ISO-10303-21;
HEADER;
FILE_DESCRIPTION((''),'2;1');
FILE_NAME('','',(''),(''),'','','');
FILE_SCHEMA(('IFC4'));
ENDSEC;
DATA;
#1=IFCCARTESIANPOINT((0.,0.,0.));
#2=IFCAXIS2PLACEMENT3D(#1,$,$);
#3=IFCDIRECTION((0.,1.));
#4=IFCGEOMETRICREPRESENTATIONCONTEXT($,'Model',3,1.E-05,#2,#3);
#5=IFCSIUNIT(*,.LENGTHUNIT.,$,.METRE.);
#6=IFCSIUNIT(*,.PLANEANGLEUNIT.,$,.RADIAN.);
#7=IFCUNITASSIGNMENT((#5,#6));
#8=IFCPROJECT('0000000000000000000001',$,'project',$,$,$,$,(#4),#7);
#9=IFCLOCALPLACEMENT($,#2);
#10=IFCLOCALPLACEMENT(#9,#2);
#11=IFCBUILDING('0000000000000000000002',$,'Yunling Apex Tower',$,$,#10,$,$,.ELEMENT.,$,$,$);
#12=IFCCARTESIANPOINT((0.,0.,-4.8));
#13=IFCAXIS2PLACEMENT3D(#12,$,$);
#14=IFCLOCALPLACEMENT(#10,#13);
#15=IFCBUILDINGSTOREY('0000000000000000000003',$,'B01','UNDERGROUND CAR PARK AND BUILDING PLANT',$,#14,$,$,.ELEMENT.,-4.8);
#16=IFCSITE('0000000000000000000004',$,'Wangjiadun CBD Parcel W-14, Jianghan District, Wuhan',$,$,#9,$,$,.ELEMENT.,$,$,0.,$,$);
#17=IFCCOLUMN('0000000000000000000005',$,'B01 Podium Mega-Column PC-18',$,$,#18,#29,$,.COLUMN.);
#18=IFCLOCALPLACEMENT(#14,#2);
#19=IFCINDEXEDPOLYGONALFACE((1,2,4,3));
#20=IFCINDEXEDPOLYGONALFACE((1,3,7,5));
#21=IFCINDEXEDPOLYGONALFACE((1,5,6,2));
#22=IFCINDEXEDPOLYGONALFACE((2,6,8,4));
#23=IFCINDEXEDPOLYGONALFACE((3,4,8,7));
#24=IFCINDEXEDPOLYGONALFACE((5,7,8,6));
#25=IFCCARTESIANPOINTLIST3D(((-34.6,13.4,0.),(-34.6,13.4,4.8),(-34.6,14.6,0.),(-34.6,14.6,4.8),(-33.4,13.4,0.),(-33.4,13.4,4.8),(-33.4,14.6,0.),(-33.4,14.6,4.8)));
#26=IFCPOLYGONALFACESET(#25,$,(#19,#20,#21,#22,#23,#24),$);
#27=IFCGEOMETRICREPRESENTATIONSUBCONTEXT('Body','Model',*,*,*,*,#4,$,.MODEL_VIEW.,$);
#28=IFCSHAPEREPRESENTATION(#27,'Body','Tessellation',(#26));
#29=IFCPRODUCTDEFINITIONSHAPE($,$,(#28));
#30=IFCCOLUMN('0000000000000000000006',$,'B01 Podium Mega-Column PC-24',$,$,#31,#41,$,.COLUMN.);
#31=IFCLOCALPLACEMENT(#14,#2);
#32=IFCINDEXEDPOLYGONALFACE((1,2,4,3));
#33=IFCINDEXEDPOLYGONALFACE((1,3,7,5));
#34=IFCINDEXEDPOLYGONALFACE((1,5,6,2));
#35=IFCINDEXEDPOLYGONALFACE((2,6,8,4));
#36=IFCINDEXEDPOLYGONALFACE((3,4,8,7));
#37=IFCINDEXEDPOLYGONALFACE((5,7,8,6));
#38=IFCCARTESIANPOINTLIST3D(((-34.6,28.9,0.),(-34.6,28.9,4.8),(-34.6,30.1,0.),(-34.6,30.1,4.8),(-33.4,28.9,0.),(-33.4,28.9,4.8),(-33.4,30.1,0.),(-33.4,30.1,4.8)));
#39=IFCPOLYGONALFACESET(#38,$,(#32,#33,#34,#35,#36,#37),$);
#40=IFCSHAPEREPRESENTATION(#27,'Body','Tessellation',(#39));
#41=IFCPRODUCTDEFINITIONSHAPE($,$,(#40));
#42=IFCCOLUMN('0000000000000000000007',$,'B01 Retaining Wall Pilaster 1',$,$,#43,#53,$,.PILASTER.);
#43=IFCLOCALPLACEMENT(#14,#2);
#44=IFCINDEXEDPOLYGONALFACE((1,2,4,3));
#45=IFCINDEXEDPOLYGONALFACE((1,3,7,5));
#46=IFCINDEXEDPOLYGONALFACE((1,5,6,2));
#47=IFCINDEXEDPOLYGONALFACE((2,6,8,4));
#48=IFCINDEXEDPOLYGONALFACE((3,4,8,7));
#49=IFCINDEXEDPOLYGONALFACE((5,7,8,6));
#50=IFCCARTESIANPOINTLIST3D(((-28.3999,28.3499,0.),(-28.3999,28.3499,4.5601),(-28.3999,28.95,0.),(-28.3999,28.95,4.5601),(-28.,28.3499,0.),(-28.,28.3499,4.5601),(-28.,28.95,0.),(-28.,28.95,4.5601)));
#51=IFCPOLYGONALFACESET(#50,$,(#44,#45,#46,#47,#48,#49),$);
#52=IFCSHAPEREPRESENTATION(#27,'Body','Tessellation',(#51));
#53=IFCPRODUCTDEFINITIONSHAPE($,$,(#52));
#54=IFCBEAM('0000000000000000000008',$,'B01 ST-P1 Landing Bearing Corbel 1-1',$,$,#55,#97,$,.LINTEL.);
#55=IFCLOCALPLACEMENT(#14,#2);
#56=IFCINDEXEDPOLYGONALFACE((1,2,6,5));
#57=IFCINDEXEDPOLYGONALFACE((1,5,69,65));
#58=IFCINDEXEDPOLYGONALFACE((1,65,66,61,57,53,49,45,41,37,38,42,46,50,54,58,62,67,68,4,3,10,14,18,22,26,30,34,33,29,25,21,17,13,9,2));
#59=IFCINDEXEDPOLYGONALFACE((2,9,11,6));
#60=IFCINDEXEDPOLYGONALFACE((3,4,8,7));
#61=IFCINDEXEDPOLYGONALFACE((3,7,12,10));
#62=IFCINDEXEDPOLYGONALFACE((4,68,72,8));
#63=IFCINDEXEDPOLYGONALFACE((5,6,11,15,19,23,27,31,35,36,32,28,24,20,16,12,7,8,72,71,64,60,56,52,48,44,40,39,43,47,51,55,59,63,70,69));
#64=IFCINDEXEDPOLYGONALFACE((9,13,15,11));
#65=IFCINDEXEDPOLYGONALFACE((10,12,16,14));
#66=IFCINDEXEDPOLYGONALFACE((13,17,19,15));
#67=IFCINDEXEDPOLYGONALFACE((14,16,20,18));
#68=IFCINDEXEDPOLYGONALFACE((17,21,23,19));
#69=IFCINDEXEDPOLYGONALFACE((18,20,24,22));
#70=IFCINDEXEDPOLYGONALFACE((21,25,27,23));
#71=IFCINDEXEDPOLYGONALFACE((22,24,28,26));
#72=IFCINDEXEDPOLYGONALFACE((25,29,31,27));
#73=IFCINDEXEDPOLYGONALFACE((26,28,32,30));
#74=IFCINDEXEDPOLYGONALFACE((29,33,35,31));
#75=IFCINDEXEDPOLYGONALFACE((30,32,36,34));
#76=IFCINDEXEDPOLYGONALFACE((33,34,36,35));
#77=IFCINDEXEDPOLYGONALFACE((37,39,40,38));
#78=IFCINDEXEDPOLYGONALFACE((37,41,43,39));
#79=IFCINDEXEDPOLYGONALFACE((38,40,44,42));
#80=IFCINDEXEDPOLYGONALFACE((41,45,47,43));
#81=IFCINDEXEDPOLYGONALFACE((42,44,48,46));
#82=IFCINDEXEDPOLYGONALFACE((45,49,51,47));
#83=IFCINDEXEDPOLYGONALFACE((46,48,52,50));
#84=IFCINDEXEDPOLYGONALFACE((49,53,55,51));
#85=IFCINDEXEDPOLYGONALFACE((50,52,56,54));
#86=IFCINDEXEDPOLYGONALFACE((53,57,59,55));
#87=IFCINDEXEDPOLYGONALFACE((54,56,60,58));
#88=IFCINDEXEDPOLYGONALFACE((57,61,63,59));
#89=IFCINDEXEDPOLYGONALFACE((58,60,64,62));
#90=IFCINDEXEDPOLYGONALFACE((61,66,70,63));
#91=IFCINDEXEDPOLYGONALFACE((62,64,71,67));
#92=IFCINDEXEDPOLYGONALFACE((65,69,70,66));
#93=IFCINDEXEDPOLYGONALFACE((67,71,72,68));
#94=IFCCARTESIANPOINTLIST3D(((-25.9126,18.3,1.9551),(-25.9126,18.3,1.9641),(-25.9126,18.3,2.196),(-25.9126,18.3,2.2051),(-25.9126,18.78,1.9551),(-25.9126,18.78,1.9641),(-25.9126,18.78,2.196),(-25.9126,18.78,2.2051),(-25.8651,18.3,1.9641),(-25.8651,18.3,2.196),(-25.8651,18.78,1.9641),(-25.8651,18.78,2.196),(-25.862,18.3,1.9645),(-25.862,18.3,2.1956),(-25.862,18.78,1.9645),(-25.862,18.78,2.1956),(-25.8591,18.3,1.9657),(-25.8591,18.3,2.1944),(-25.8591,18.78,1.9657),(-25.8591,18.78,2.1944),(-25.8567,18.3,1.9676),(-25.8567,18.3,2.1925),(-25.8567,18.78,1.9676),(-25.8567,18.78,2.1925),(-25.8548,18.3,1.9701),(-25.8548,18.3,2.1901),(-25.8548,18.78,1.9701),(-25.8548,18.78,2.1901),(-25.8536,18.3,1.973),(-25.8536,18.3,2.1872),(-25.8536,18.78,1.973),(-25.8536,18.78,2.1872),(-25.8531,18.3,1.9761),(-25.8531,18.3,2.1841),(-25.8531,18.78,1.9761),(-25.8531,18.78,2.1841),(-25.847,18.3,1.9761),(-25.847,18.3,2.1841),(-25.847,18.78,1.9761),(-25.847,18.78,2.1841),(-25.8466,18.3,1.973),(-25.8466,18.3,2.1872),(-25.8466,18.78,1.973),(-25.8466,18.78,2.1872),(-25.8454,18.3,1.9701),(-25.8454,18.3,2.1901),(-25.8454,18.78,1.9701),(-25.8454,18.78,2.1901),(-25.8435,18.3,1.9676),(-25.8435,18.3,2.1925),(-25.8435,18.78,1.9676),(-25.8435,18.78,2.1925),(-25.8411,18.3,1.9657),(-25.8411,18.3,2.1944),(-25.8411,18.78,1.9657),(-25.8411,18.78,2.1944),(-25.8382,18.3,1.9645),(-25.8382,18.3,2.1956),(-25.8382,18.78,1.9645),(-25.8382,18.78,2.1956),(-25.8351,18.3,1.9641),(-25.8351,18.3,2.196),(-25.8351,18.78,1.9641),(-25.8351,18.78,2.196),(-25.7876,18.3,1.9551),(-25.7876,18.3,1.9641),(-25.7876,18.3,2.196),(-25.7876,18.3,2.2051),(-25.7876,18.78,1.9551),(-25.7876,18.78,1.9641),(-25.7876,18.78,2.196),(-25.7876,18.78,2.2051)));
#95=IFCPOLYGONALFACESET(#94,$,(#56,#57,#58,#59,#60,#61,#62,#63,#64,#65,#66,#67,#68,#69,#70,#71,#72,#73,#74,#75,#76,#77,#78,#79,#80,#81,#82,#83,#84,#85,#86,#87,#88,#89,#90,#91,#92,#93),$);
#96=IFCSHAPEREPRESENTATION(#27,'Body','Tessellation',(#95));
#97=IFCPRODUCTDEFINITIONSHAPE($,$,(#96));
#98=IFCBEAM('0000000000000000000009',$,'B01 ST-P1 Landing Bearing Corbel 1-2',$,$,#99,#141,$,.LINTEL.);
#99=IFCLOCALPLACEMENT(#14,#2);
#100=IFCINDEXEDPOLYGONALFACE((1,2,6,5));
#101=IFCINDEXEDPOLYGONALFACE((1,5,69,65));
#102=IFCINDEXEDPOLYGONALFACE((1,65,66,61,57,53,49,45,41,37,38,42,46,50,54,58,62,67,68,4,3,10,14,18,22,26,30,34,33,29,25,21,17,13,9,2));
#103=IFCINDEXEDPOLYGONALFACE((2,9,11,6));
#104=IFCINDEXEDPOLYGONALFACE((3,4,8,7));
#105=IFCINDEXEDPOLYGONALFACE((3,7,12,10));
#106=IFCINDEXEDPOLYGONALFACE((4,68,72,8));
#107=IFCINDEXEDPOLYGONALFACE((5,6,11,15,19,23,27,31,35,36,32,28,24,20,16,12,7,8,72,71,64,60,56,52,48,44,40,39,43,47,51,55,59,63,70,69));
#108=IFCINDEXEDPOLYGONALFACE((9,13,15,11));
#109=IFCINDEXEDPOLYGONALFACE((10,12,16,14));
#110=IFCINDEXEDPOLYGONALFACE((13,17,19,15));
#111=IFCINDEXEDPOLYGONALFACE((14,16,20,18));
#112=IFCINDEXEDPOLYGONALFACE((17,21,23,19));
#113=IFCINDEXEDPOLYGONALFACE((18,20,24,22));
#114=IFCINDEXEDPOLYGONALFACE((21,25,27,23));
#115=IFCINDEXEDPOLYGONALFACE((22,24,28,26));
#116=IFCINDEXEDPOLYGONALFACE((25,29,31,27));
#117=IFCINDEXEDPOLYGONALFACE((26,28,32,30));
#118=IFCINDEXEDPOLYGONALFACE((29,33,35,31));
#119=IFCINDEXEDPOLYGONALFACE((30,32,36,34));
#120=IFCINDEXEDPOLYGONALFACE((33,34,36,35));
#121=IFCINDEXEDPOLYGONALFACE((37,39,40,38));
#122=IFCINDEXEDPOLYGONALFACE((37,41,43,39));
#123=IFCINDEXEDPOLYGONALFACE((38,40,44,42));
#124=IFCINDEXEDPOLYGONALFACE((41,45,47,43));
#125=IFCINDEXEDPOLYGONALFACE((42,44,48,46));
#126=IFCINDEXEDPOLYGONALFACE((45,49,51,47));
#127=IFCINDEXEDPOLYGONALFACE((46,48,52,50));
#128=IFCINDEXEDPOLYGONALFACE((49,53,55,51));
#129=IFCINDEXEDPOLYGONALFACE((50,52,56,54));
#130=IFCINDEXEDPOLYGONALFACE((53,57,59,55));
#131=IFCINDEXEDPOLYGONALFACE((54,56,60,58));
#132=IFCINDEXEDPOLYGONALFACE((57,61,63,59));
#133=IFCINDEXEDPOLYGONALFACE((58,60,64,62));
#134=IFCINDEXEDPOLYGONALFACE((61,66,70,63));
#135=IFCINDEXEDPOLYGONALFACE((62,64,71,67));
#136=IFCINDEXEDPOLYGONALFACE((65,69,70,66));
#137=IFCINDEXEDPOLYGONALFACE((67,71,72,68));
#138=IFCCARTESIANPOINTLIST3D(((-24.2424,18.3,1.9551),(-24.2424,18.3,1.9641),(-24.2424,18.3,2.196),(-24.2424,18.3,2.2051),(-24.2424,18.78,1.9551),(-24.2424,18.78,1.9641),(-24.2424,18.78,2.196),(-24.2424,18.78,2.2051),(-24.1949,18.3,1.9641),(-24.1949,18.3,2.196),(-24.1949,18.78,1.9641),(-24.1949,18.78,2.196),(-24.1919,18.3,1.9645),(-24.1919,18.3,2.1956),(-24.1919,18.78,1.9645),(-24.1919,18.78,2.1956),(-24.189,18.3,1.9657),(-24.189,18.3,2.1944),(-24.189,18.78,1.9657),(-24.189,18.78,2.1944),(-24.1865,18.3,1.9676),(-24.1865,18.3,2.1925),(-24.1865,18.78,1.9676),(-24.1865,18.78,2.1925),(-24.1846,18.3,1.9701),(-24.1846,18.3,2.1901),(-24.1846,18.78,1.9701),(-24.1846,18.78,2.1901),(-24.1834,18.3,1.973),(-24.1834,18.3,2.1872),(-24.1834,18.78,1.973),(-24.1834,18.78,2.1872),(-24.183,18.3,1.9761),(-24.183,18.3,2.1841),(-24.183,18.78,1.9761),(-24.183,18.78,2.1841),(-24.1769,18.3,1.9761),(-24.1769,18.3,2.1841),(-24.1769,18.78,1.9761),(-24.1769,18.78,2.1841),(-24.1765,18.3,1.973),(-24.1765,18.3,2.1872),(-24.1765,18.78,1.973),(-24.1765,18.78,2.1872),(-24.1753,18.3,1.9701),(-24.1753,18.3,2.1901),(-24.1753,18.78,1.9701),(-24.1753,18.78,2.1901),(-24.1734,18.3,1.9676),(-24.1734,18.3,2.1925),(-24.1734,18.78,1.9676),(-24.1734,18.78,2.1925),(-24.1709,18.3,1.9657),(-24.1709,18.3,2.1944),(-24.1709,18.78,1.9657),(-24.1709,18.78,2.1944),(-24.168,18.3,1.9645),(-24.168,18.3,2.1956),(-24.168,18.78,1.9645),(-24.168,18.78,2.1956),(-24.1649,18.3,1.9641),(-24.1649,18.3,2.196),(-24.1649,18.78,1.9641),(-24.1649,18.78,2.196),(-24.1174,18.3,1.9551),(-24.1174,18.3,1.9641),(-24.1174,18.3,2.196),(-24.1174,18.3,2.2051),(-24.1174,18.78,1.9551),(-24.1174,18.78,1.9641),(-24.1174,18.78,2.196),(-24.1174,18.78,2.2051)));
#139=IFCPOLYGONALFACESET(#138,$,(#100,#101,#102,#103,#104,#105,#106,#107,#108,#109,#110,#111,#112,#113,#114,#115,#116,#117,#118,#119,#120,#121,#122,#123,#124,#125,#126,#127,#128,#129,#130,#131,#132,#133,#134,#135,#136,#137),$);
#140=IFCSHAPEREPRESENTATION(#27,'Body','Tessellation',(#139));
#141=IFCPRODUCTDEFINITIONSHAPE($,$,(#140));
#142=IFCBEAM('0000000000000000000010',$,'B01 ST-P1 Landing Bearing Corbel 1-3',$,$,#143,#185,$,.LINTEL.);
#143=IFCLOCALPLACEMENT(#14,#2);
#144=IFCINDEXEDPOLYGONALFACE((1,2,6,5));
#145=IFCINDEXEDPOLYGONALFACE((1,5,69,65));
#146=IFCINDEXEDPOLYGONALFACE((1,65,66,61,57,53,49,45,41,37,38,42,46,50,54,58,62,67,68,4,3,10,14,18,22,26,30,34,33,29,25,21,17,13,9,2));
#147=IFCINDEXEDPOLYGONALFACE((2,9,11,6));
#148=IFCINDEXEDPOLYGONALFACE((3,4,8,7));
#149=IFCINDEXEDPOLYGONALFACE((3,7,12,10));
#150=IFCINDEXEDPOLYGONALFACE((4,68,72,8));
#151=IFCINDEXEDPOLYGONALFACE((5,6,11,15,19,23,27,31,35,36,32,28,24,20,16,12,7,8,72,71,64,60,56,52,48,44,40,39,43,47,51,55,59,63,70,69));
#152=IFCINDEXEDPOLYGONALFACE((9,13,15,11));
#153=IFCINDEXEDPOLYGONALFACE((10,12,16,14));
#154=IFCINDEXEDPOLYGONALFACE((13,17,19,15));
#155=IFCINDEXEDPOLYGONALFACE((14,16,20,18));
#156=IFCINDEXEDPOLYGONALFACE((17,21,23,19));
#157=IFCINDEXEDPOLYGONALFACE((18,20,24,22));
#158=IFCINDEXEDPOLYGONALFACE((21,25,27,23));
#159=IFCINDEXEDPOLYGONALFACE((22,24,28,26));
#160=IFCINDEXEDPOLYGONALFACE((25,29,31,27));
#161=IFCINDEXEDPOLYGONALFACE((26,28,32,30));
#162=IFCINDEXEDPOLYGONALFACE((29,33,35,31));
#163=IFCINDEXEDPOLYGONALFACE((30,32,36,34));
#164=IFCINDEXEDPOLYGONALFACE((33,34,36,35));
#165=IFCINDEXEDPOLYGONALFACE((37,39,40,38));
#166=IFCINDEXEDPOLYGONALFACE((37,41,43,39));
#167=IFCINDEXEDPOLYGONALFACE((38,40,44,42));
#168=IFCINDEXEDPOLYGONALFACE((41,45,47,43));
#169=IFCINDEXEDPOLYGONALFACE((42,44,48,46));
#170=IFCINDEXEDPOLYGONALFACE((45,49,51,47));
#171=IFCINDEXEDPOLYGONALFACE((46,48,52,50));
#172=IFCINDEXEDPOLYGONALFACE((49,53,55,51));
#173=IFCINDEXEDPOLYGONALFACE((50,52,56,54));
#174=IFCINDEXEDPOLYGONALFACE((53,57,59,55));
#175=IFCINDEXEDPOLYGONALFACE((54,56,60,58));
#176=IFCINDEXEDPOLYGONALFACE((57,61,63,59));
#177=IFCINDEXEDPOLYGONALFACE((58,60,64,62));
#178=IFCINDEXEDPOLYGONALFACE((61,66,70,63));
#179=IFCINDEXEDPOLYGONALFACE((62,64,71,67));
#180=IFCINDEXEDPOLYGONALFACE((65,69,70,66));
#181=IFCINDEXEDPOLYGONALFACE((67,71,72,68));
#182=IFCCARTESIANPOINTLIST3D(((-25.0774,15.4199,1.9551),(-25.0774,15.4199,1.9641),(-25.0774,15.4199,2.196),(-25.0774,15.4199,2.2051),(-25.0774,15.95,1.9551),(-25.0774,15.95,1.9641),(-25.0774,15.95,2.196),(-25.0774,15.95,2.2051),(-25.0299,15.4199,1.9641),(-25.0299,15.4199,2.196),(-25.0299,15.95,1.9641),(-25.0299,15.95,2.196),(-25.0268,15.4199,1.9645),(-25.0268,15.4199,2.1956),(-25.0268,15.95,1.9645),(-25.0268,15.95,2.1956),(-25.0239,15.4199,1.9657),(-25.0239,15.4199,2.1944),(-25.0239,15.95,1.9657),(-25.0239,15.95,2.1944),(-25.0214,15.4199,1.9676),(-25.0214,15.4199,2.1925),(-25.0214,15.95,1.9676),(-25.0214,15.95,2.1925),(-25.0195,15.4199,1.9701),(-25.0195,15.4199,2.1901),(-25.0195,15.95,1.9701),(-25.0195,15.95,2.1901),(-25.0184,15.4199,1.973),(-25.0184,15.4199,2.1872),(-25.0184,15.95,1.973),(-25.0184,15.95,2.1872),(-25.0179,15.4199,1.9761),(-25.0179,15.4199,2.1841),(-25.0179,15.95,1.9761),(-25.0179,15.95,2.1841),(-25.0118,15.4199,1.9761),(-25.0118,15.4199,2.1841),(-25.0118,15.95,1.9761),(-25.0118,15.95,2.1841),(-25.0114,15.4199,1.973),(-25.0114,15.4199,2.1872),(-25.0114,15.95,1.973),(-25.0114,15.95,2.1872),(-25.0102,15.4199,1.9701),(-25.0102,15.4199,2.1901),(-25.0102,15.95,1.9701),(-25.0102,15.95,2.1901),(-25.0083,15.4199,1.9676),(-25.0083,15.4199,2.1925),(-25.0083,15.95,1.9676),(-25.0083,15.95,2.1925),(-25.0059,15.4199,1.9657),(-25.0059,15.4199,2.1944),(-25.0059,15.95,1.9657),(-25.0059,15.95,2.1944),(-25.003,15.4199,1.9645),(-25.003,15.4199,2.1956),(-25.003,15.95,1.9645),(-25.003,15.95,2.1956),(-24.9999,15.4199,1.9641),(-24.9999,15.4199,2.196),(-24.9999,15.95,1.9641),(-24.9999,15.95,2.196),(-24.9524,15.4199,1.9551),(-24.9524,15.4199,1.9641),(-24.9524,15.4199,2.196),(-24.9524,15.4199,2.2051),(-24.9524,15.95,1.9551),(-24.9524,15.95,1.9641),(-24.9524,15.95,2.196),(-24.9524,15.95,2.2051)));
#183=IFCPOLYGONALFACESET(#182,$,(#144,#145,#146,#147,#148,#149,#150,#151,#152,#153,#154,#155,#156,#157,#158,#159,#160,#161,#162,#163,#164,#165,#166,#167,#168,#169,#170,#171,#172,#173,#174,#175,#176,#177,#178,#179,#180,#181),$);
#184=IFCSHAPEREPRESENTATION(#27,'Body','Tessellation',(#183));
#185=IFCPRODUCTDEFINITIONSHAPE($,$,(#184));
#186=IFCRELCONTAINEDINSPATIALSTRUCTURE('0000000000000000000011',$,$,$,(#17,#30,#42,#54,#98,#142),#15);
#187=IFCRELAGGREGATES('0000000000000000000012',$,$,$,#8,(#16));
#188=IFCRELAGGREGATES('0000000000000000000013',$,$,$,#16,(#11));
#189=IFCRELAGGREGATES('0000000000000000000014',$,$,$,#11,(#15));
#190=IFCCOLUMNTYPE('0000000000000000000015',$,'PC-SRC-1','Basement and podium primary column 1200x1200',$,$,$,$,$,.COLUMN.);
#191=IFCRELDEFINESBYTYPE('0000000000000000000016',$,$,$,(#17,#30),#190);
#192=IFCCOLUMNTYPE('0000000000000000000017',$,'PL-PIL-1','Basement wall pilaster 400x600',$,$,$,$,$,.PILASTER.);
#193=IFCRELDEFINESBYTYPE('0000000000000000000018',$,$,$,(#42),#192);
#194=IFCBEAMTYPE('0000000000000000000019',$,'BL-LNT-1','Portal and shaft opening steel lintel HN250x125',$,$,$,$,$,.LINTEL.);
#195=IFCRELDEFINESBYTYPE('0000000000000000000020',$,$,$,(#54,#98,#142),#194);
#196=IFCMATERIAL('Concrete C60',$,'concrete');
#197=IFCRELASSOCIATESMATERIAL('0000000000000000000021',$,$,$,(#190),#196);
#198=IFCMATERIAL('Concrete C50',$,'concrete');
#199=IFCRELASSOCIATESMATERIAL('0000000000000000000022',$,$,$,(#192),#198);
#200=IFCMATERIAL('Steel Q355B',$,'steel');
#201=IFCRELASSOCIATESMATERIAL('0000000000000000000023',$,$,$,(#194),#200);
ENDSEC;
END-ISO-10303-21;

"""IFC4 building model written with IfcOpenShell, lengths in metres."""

from ifc_helpers import new_model, si_unit, direction, frame, origin, origin_2d, place, context, subcontext, project, spatial, rectangle, i_section, extrude, source, transform, mapped, material, material_profile, profile_set, type_object, element, save


model = new_model("IFC4")

# Units and contexts
model_context = context("Model", 3, precision=1e-05, world=origin(), true_north=direction((0.0, 1.0)))
body_context = subcontext(model_context, "Body", "Model", "MODEL_VIEW")
ifc_project = project(units=[si_unit("LENGTHUNIT", "METRE"), si_unit("PLANEANGLEUNIT", "RADIAN")], contexts=[model_context])

# Site, building, storey
site_placement = place(None, origin())
site = spatial("IfcSite", under=ifc_project, at=site_placement, Name="Wangjiadun CBD Parcel W-14, Jianghan District, Wuhan", CompositionType="ELEMENT", RefElevation=0.0)
building_placement = place(site_placement, origin())
building = spatial("IfcBuilding", under=site, at=building_placement, Name="Yunling Apex Tower", CompositionType="ELEMENT")
storey_placement = place(building_placement, frame((0.0, 0.0, -4.8)))
storey = spatial("IfcBuildingStorey", under=building, at=storey_placement, Name="B01", Description="UNDERGROUND CAR PARK AND BUILDING PLANT", CompositionType="ELEMENT", Elevation=-4.8)

# Columns
ifc_material_1 = material(Name="Concrete C60", Category="concrete")
ifc_material_profile_1 = material_profile(ifc_material_1, rectangle(XDim=1.2, YDim=1.2, at=origin_2d()))
ifc_profile_set_1 = profile_set([ifc_material_profile_1], Name="Concrete C60")
column_type_1 = type_object("IfcColumnType", Name="PC-SRC-1", Description="Basement and podium primary column 1200x1200", PredefinedType="COLUMN", material=ifc_profile_set_1)
shared_shape_1 = source(origin(), body_context, "Body", "SweptSolid", [
    extrude(rectangle(XDim=1.2, YDim=1.2, at=origin_2d()), origin(), (0.0, 0.0, 1.0), 4.8),
])
for number, where, z_axis, x_axis, name in (
    (1, (-34.0, 14.0, 0.0), (0.0, 0.0, 1.0), (1.0, 0.0, 0.0), "B01 Podium Mega-Column PC-18"),
    (2, (-34.0, 29.5, 0.0), (0.0, 0.0, 1.0), (1.0, 0.0, 0.0), "B01 Podium Mega-Column PC-24"),
):
    element("IfcColumn", number, at=place(storey_placement, frame(where, z_axis=z_axis, x_axis=x_axis)), inside=storey, type_object=column_type_1, Name=name, PredefinedType="COLUMN", context=body_context, shape_type="MappedRepresentation", body=[
        mapped(shared_shape_1, transform((0.0, 0.0, 0.0), scale=1.0)),
    ])
ifc_material_2 = material(Name="Concrete C50", Category="concrete")
ifc_material_profile_2 = material_profile(ifc_material_2, rectangle(XDim=0.3999, YDim=0.6001, at=origin_2d()))
ifc_profile_set_2 = profile_set([ifc_material_profile_2], Name="Concrete C50")
column_type_2 = type_object("IfcColumnType", Name="PL-PIL-1", Description="Basement wall pilaster 400x600", PredefinedType="PILASTER", material=ifc_profile_set_2)
shared_shape_2 = source(origin(), body_context, "Body", "SweptSolid", [
    extrude(rectangle(XDim=0.3999, YDim=0.6001, at=origin_2d()), origin(), (0.0, 0.0, 1.0), 4.5601),
])
column_placement = place(storey_placement, frame((-28.2, 28.6499, 0.0), z_axis=(0.0, 0.0, 1.0), x_axis=(1.0, 0.0, 0.0)))
element("IfcColumn", 3, at=column_placement, inside=storey, type_object=column_type_2, Name="B01 Retaining Wall Pilaster 1", PredefinedType="PILASTER", context=body_context, shape_type="MappedRepresentation", body=[
    mapped(shared_shape_2, transform((0.0, 0.0, 0.0), scale=1.0)),
])

# Beams
ifc_material_3 = material(Name="Steel Q355B", Category="steel")
ifc_material_profile_3 = material_profile(ifc_material_3, i_section(OverallWidth=0.125, OverallDepth=0.25, WebThickness=0.0061, FlangeThickness=0.009, FilletRadius=0.012, at=origin_2d()))
ifc_profile_set_3 = profile_set([ifc_material_profile_3], Name="Steel Q355B")
beam_type_1 = type_object("IfcBeamType", Name="BL-LNT-1", Description="Portal and shaft opening steel lintel HN250x125", PredefinedType="LINTEL", material=ifc_profile_set_3)
shared_shape_3 = source(origin(), body_context, "Body", "SweptSolid", [
    extrude(i_section(OverallWidth=0.125, OverallDepth=0.25, WebThickness=0.0061, FlangeThickness=0.009, FilletRadius=0.012, at=origin_2d()), origin(), (0.0, 0.0, 1.0), 0.48),
])
for number, where, z_axis, x_axis, name in (
    (4, (-25.8501, 18.78, 2.0801), (0.0, -1.0, 0.0), (1.0, 0.0, 0.0), "B01 ST-P1 Landing Bearing Corbel 1-1"),
    (5, (-24.1799, 18.78, 2.0801), (0.0, -1.0, 0.0), (1.0, 0.0, 0.0), "B01 ST-P1 Landing Bearing Corbel 1-2"),
):
    element("IfcBeam", number, at=place(storey_placement, frame(where, z_axis=z_axis, x_axis=x_axis)), inside=storey, type_object=beam_type_1, Name=name, PredefinedType="LINTEL", context=body_context, shape_type="MappedRepresentation", body=[
        mapped(shared_shape_3, transform((0.0, 0.0, 0.0), scale=1.0)),
    ])
shared_shape_4 = source(origin(), body_context, "Body", "SweptSolid", [
    extrude(i_section(OverallWidth=0.125, OverallDepth=0.25, WebThickness=0.0061, FlangeThickness=0.009, FilletRadius=0.012, at=origin_2d()), origin(), (0.0, 0.0, 1.0), 0.53),
])
beam_1_placement = place(storey_placement, frame((-25.0149, 15.4199, 2.0801), z_axis=(0.0, 1.0, 0.0), x_axis=(-1.0, 0.0, 0.0)))
element("IfcBeam", 6, at=beam_1_placement, inside=storey, type_object=beam_type_1, Name="B01 ST-P1 Landing Bearing Corbel 1-3", PredefinedType="LINTEL", context=body_context, shape_type="MappedRepresentation", body=[
    mapped(shared_shape_4, transform((0.0, 0.0, 0.0), scale=1.0)),
])

save(model, "model.ifc")
